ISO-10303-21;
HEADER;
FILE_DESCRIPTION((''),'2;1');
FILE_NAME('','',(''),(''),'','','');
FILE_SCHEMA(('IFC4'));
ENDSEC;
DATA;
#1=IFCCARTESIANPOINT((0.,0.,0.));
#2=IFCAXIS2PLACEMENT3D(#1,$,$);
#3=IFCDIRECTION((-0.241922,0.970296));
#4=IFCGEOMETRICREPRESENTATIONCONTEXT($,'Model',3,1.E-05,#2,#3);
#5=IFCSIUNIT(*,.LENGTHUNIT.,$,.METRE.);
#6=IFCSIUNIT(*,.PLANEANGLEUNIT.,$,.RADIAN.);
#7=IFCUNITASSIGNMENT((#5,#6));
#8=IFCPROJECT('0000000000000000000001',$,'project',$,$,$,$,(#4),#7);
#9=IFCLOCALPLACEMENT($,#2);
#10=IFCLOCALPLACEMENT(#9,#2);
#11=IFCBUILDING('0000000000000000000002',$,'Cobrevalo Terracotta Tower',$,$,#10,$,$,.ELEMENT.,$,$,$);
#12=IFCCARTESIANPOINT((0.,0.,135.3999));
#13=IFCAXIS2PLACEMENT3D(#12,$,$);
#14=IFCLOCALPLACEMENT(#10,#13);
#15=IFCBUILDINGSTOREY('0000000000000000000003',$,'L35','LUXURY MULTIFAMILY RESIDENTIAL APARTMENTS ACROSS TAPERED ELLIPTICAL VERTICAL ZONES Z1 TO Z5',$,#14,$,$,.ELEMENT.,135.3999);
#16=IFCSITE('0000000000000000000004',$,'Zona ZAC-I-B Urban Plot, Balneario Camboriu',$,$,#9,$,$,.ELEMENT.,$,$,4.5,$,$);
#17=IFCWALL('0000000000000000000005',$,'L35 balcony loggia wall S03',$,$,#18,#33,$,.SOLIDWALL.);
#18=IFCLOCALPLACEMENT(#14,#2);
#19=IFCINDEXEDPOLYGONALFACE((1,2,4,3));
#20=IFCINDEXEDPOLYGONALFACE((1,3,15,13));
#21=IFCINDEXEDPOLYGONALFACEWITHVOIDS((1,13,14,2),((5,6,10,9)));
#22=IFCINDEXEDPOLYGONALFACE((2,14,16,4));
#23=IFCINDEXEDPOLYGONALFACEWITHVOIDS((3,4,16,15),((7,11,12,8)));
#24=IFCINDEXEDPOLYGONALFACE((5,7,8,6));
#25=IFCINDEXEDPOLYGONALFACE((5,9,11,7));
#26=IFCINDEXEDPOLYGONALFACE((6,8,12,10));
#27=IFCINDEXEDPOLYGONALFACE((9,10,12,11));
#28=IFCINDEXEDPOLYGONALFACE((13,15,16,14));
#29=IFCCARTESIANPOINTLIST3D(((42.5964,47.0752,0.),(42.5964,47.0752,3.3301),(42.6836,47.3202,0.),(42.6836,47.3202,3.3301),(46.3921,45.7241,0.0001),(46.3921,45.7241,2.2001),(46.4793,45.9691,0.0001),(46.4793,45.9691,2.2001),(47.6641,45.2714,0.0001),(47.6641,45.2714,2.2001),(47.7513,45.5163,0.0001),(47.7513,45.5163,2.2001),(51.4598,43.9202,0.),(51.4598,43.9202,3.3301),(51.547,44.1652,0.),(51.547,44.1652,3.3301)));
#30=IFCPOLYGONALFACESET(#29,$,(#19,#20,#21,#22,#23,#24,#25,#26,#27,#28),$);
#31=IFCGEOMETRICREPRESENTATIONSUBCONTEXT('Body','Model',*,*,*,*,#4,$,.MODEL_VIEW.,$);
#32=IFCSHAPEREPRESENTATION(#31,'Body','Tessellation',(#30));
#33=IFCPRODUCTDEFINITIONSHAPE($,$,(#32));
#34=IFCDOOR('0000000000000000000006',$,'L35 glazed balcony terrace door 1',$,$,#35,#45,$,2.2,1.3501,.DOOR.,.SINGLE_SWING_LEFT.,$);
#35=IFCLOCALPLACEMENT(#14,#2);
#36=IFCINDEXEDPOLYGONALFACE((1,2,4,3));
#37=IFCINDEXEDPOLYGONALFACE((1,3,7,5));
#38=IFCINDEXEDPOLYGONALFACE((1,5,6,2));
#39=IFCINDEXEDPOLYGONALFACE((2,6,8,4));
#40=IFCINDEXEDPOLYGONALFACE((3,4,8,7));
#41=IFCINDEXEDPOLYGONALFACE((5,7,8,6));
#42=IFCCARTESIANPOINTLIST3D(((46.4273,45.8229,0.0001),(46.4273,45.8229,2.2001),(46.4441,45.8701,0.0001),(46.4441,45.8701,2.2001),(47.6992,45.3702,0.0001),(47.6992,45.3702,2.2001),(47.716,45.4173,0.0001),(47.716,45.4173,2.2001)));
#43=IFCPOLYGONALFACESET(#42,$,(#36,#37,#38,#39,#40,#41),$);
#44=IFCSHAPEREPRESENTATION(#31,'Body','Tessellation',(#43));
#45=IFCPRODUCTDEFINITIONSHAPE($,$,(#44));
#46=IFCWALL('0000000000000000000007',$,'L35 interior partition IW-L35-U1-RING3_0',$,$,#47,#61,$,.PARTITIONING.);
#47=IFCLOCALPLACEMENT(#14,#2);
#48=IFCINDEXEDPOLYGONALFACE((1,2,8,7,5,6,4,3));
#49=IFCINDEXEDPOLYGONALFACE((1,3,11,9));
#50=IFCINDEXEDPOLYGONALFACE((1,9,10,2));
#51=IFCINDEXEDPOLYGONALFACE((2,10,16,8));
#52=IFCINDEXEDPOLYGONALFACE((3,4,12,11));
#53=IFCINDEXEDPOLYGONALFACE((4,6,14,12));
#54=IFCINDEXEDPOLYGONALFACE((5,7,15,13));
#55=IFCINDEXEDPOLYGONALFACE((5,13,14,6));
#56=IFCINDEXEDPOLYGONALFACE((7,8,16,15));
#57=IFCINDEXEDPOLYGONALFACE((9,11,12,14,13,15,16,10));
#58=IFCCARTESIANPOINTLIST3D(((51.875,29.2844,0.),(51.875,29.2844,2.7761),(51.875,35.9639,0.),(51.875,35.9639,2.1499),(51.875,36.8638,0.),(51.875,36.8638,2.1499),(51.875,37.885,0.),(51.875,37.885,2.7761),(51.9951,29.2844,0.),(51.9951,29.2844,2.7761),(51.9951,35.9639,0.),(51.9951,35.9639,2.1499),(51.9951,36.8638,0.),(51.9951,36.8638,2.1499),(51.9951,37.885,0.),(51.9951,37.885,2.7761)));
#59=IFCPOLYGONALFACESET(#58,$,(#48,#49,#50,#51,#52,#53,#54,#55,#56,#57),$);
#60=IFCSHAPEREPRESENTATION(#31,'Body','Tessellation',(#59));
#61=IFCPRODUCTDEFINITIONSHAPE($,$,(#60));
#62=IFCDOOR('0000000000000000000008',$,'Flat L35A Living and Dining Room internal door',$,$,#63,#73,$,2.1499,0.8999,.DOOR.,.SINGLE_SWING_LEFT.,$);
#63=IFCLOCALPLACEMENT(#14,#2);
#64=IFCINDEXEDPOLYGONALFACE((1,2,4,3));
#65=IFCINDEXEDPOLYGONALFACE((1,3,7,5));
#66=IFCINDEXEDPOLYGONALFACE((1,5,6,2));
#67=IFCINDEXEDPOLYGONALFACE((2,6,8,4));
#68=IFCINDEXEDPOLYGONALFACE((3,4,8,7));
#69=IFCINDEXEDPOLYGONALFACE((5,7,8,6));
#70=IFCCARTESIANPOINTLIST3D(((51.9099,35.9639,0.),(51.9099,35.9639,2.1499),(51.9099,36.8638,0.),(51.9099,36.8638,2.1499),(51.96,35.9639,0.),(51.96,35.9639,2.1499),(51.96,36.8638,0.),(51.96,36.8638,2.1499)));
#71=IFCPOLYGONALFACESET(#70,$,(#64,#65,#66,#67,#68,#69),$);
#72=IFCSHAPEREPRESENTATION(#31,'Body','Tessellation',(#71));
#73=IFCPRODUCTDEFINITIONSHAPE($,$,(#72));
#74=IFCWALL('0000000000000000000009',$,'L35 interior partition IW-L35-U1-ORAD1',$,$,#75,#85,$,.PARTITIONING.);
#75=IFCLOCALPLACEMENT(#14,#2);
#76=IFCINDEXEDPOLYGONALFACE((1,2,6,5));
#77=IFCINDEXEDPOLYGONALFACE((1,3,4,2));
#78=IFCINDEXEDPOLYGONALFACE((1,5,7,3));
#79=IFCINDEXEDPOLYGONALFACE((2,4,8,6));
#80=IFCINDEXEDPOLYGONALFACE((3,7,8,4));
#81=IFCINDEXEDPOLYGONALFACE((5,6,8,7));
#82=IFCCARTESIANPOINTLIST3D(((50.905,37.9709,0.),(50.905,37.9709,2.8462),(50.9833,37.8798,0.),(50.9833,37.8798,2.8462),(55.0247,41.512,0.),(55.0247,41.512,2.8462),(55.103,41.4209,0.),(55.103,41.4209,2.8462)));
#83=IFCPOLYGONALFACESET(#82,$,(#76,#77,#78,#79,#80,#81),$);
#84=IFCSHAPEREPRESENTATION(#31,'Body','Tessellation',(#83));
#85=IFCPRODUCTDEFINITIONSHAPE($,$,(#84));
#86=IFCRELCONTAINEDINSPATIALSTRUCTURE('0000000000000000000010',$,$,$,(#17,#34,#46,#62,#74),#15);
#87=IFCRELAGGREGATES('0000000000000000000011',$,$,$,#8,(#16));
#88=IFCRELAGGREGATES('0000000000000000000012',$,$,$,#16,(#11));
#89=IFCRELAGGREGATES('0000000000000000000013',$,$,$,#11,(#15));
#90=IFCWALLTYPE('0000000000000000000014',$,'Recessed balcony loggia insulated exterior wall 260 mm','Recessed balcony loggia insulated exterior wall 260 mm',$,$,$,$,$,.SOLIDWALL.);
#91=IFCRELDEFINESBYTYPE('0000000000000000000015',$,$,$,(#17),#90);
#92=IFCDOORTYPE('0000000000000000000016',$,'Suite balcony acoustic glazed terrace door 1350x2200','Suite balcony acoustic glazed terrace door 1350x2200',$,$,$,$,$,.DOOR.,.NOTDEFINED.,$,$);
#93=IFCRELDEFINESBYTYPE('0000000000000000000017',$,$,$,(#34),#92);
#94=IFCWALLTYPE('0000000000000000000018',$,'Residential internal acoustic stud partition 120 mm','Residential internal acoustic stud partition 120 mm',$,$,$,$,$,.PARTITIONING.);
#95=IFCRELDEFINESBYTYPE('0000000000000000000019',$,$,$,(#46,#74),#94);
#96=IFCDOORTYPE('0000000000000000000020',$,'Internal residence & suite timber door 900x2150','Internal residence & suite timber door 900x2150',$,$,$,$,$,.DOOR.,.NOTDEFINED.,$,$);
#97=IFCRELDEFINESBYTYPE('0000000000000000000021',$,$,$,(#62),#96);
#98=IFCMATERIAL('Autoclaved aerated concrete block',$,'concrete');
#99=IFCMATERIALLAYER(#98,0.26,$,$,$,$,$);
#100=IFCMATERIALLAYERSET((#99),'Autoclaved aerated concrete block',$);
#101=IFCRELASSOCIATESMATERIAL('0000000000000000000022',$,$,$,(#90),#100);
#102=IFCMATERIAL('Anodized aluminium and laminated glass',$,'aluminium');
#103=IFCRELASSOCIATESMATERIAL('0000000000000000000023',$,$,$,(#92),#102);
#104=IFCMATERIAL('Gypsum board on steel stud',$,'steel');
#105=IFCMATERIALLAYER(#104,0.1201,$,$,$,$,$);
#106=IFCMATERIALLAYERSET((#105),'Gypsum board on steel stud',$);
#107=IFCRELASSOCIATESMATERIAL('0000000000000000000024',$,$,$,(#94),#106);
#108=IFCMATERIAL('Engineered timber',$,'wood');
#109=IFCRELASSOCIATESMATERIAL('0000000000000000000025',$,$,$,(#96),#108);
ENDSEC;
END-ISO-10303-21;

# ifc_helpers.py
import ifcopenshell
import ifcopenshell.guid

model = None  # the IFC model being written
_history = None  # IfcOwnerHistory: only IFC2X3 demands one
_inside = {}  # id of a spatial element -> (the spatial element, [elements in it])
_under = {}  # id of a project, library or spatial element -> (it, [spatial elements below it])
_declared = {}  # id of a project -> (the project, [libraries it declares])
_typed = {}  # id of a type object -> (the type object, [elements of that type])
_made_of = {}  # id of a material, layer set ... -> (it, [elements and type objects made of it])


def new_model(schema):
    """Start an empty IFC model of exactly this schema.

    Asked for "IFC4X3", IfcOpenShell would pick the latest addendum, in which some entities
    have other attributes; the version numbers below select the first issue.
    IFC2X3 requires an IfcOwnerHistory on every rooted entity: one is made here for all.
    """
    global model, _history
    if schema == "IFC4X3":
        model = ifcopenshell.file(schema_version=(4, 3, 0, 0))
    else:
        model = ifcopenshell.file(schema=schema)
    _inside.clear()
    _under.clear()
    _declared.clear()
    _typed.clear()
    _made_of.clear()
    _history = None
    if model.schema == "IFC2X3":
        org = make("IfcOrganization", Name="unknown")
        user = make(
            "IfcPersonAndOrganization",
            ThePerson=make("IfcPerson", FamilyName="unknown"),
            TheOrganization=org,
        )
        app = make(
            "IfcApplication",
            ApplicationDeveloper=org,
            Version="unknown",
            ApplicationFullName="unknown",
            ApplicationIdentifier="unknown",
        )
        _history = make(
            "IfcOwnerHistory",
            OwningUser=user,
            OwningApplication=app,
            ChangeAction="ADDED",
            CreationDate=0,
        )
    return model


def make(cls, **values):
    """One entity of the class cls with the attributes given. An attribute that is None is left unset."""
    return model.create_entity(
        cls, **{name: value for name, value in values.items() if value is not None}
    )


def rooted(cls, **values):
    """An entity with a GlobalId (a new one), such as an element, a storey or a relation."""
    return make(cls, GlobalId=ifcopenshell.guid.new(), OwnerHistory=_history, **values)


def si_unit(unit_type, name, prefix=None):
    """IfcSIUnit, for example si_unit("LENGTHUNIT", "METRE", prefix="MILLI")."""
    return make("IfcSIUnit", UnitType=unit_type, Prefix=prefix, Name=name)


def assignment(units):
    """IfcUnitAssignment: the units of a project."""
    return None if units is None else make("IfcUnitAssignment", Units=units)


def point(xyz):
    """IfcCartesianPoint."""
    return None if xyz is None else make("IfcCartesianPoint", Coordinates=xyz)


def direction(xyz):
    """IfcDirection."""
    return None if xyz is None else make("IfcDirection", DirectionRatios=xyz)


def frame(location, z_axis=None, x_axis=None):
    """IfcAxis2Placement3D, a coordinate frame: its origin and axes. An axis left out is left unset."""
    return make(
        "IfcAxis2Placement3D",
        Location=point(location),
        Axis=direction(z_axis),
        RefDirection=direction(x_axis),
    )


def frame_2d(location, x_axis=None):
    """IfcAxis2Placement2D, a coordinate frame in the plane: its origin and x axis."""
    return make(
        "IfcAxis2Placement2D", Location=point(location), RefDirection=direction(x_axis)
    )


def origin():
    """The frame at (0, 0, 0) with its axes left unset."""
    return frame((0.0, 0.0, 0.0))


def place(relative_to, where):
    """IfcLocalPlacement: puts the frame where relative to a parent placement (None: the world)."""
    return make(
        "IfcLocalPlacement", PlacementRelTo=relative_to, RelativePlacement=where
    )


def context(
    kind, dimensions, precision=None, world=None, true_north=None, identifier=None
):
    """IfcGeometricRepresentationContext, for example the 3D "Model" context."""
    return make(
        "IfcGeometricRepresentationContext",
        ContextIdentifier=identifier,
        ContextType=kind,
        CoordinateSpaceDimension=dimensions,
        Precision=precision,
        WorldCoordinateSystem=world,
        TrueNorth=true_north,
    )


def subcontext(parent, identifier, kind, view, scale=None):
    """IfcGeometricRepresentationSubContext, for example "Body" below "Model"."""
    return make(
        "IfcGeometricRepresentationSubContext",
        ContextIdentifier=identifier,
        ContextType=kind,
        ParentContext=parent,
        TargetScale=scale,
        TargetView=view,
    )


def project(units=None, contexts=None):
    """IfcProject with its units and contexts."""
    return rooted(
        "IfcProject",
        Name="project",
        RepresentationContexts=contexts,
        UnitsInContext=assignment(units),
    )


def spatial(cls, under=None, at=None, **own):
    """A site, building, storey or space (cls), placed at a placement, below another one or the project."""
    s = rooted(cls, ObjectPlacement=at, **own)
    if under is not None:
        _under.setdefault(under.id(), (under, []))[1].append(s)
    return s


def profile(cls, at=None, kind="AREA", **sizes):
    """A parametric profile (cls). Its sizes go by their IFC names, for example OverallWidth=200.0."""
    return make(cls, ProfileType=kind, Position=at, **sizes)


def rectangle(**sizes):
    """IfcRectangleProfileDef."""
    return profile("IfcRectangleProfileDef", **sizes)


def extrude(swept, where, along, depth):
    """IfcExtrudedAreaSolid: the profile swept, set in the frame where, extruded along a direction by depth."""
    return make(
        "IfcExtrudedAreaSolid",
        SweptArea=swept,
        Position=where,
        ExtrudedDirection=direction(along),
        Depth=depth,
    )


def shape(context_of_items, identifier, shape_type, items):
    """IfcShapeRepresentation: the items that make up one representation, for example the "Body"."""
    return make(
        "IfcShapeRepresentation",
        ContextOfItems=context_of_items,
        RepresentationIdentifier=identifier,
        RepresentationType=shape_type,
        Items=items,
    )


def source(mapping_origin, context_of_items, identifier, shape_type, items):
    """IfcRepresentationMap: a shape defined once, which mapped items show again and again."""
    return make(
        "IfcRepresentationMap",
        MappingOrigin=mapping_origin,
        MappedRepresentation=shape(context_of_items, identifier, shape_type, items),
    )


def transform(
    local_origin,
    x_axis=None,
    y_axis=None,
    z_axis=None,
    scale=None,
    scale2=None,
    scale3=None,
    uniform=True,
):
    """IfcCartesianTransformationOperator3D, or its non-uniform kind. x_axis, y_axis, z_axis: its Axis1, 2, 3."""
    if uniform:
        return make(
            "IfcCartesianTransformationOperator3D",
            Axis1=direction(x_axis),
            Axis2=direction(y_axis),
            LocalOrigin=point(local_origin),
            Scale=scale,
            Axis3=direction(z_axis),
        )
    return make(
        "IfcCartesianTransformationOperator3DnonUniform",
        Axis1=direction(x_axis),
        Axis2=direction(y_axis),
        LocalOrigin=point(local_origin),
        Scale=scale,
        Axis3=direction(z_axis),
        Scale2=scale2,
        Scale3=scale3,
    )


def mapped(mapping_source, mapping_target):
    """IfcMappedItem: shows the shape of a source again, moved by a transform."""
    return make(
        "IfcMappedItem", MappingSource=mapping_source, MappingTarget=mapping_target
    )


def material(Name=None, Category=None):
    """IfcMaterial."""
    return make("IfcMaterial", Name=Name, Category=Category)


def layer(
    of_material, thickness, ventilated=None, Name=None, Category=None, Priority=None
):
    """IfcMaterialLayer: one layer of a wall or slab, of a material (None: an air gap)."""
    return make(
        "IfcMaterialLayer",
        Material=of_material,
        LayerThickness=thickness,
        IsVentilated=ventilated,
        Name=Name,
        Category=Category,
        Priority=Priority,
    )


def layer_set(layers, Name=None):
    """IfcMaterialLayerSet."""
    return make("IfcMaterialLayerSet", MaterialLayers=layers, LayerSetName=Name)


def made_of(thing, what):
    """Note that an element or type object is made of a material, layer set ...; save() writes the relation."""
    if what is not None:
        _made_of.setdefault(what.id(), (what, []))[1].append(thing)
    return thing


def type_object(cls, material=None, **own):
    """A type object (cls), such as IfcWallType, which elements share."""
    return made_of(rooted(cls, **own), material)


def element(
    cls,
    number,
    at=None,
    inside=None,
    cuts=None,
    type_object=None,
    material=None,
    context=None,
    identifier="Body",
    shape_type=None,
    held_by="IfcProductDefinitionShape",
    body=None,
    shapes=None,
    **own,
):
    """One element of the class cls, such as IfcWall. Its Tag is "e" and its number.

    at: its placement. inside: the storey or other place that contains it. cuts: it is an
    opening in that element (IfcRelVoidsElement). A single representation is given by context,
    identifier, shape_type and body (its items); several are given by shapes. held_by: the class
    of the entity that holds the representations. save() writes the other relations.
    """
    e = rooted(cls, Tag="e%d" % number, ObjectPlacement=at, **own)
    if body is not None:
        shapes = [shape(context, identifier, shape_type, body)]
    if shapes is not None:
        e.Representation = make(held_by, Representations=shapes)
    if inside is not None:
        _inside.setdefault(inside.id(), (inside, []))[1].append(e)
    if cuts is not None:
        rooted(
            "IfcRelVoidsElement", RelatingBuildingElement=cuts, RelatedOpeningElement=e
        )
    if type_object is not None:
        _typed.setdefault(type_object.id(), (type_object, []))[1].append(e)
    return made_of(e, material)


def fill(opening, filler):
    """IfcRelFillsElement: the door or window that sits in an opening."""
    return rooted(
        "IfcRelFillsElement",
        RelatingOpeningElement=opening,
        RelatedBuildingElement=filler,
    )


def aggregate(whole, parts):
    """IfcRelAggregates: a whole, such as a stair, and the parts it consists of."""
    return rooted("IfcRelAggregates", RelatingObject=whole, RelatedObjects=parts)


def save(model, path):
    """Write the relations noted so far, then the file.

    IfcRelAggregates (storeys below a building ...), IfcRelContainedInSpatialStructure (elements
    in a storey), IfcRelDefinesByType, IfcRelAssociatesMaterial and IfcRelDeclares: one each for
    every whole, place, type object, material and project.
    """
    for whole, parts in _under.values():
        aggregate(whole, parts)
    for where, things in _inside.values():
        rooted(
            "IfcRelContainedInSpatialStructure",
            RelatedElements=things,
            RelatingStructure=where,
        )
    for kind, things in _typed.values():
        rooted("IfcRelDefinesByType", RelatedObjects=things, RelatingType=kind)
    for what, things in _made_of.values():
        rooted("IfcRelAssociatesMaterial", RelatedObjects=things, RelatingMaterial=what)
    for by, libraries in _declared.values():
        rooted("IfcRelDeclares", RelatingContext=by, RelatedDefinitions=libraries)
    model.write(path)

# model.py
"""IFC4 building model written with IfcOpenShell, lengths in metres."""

from ifc_helpers import new_model, si_unit, direction, frame, frame_2d, origin, place, context, subcontext, project, spatial, rectangle, extrude, source, transform, mapped, material, layer, layer_set, type_object, element, fill, save


model = new_model("IFC4")

# Units and contexts
model_context = context("Model", 3, precision=1e-05, world=origin(), true_north=direction((-0.241922, 0.970296)))
body_context = subcontext(model_context, "Body", "Model", "MODEL_VIEW")
ifc_project = project(units=[si_unit("LENGTHUNIT", "METRE"), si_unit("PLANEANGLEUNIT", "RADIAN")], contexts=[model_context])

# Site, building, storey
site_placement = place(None, origin())
site = spatial("IfcSite", under=ifc_project, at=site_placement, Name="Zona ZAC-I-B Urban Plot, Balneario Camboriu", CompositionType="ELEMENT", RefElevation=4.5)
building_placement = place(site_placement, origin())
building = spatial("IfcBuilding", under=site, at=building_placement, Name="Cobrevalo Terracotta Tower", CompositionType="ELEMENT")
storey_placement = place(building_placement, frame((0.0, 0.0, 135.3999)))
storey = spatial("IfcBuildingStorey", under=building, at=storey_placement, Name="L35", Description="LUXURY MULTIFAMILY RESIDENTIAL APARTMENTS ACROSS TAPERED ELLIPTICAL VERTICAL ZONES Z1 TO Z5", CompositionType="ELEMENT", Elevation=135.3999)

# Walls, openings, doors
ifc_material_1 = material(Name="Autoclaved aerated concrete block", Category="concrete")
ifc_layer_1 = layer(ifc_material_1, 0.26)
ifc_layer_set_1 = layer_set([ifc_layer_1], Name="Autoclaved aerated concrete block")
wall_type_1 = type_object("IfcWallType", Name="Recessed balcony loggia insulated exterior wall 260 mm", Description="Recessed balcony loggia insulated exterior wall 260 mm", PredefinedType="SOLIDWALL", material=ifc_layer_set_1)
wall_1_placement = place(storey_placement, frame((51.5034, 44.0427, 0.0), z_axis=(0.0, 0.0, 1.0), x_axis=(-0.942095, 0.335345, 0.0)))
wall_1 = element("IfcWall", 1, at=wall_1_placement, inside=storey, type_object=wall_type_1, Name="L35 balcony loggia wall S03", PredefinedType="SOLIDWALL", context=body_context, shape_type="SweptSolid", body=[
    extrude(rectangle(XDim=9.4082, YDim=0.26, at=frame_2d((4.7041, 0.0))), origin(), (0.0, 0.0, 1.0), 3.3301),
])
opening_1_placement = place(wall_1_placement, frame((4.0291, 0.0, 0.0)))
opening_1 = element("IfcOpeningElement", 2, at=opening_1_placement, cuts=wall_1, PredefinedType="OPENING", context=body_context, shape_type="SweptSolid", body=[
    extrude(rectangle(XDim=1.3501, YDim=2.2, at=frame_2d((0.675, 1.1001))), frame((0.0, 0.1401, 0.0), z_axis=(0.0, -1.0, 0.0), x_axis=(1.0, 0.0, 0.0)), (0.0, 0.0, 1.0), 0.28),
])
ifc_material_2 = material(Name="Anodized aluminium and laminated glass", Category="aluminium")
door_type_1 = type_object("IfcDoorType", Name="Suite balcony acoustic glazed terrace door 1350x2200", Description="Suite balcony acoustic glazed terrace door 1350x2200", OperationType="NOTDEFINED", PredefinedType="DOOR", material=ifc_material_2)
shared_shape_1 = source(origin(), body_context, "Body", "SweptSolid", [
    extrude(rectangle(XDim=1.3501, YDim=2.2, at=frame_2d((0.675, 1.1001))), frame((0.0, 0.0249, 0.0), z_axis=(0.0, -1.0, 0.0), x_axis=(1.0, 0.0, 0.0)), (0.0, 0.0, 1.0), 0.05),
])
door_1_placement = place(opening_1_placement, frame((1.3501, 0.0, 0.0), z_axis=(0.0, 0.0, 1.0), x_axis=(-1.0, 0.0, 0.0)))
door_1 = element("IfcDoor", 3, at=door_1_placement, inside=storey, type_object=door_type_1, Name="L35 glazed balcony terrace door 1", OperationType="SINGLE_SWING_LEFT", OverallHeight=2.2, OverallWidth=1.3501, PredefinedType="DOOR", context=body_context, shape_type="MappedRepresentation", body=[
    mapped(shared_shape_1, transform((0.0, 0.0, 0.0), scale=1.0)),
])
fill(opening_1, door_1)
ifc_material_3 = material(Name="Gypsum board on steel stud", Category="steel")
ifc_layer_2 = layer(ifc_material_3, 0.1201)
ifc_layer_set_2 = layer_set([ifc_layer_2], Name="Gypsum board on steel stud")
wall_type_2 = type_object("IfcWallType", Name="Residential internal acoustic stud partition 120 mm", Description="Residential internal acoustic stud partition 120 mm", PredefinedType="PARTITIONING", material=ifc_layer_set_2)
wall_2_placement = place(storey_placement, frame((51.9351, 37.885, 0.0), z_axis=(0.0, 0.0, 1.0), x_axis=(0.0, -1.0, 0.0)))
wall_2 = element("IfcWall", 4, at=wall_2_placement, inside=storey, type_object=wall_type_2, Name="L35 interior partition IW-L35-U1-RING3_0", PredefinedType="PARTITIONING", context=body_context, shape_type="SweptSolid", body=[
    extrude(rectangle(XDim=8.6006, YDim=0.1201, at=frame_2d((4.3003, 0.0))), origin(), (0.0, 0.0, 1.0), 2.7761),
])
opening_2_placement = place(wall_2_placement, frame((1.0212, 0.0, 0.0)))
opening_2 = element("IfcOpeningElement", 5, at=opening_2_placement, cuts=wall_2, PredefinedType="OPENING", context=body_context, shape_type="SweptSolid", body=[
    extrude(rectangle(XDim=0.8999, YDim=2.1499, at=frame_2d((0.45, 1.075))), frame((0.0, 0.0701, 0.0), z_axis=(0.0, -1.0, 0.0), x_axis=(1.0, 0.0, 0.0)), (0.0, 0.0, 1.0), 0.1401),
])
ifc_material_4 = material(Name="Engineered timber", Category="wood")
door_type_2 = type_object("IfcDoorType", Name="Internal residence & suite timber door 900x2150", Description="Internal residence & suite timber door 900x2150", OperationType="NOTDEFINED", PredefinedType="DOOR", material=ifc_material_4)
shared_shape_2 = source(origin(), body_context, "Body", "SweptSolid", [
    extrude(rectangle(XDim=0.8999, YDim=2.1499, at=frame_2d((0.45, 1.075))), frame((0.0, 0.0249, 0.0), z_axis=(0.0, -1.0, 0.0), x_axis=(1.0, 0.0, 0.0)), (0.0, 0.0, 1.0), 0.05),
])
door_2_placement = place(opening_2_placement, origin())
door_2 = element("IfcDoor", 6, at=door_2_placement, inside=storey, type_object=door_type_2, Name="Flat L35A Living and Dining Room internal door", OperationType="SINGLE_SWING_LEFT", OverallHeight=2.1499, OverallWidth=0.8999, PredefinedType="DOOR", context=body_context, shape_type="MappedRepresentation", body=[
    mapped(shared_shape_2, transform((0.0, 0.0, 0.0), scale=1.0)),
])
fill(opening_2, door_2)

# Wall
wall_3_placement = place(storey_placement, frame((50.9441, 37.9253, 0.0), z_axis=(0.0, 0.0, 1.0), x_axis=(0.758355, 0.651842, 0.0)))
element("IfcWall", 7, at=wall_3_placement, inside=storey, type_object=wall_type_2, Name="L35 interior partition IW-L35-U1-ORAD1", PredefinedType="PARTITIONING", context=body_context, shape_type="SweptSolid", body=[
    extrude(rectangle(XDim=5.4324, YDim=0.1201, at=frame_2d((2.7163, 0.0))), origin(), (0.0, 0.0, 1.0), 2.8462),
])

save(model, "model.ifc")
